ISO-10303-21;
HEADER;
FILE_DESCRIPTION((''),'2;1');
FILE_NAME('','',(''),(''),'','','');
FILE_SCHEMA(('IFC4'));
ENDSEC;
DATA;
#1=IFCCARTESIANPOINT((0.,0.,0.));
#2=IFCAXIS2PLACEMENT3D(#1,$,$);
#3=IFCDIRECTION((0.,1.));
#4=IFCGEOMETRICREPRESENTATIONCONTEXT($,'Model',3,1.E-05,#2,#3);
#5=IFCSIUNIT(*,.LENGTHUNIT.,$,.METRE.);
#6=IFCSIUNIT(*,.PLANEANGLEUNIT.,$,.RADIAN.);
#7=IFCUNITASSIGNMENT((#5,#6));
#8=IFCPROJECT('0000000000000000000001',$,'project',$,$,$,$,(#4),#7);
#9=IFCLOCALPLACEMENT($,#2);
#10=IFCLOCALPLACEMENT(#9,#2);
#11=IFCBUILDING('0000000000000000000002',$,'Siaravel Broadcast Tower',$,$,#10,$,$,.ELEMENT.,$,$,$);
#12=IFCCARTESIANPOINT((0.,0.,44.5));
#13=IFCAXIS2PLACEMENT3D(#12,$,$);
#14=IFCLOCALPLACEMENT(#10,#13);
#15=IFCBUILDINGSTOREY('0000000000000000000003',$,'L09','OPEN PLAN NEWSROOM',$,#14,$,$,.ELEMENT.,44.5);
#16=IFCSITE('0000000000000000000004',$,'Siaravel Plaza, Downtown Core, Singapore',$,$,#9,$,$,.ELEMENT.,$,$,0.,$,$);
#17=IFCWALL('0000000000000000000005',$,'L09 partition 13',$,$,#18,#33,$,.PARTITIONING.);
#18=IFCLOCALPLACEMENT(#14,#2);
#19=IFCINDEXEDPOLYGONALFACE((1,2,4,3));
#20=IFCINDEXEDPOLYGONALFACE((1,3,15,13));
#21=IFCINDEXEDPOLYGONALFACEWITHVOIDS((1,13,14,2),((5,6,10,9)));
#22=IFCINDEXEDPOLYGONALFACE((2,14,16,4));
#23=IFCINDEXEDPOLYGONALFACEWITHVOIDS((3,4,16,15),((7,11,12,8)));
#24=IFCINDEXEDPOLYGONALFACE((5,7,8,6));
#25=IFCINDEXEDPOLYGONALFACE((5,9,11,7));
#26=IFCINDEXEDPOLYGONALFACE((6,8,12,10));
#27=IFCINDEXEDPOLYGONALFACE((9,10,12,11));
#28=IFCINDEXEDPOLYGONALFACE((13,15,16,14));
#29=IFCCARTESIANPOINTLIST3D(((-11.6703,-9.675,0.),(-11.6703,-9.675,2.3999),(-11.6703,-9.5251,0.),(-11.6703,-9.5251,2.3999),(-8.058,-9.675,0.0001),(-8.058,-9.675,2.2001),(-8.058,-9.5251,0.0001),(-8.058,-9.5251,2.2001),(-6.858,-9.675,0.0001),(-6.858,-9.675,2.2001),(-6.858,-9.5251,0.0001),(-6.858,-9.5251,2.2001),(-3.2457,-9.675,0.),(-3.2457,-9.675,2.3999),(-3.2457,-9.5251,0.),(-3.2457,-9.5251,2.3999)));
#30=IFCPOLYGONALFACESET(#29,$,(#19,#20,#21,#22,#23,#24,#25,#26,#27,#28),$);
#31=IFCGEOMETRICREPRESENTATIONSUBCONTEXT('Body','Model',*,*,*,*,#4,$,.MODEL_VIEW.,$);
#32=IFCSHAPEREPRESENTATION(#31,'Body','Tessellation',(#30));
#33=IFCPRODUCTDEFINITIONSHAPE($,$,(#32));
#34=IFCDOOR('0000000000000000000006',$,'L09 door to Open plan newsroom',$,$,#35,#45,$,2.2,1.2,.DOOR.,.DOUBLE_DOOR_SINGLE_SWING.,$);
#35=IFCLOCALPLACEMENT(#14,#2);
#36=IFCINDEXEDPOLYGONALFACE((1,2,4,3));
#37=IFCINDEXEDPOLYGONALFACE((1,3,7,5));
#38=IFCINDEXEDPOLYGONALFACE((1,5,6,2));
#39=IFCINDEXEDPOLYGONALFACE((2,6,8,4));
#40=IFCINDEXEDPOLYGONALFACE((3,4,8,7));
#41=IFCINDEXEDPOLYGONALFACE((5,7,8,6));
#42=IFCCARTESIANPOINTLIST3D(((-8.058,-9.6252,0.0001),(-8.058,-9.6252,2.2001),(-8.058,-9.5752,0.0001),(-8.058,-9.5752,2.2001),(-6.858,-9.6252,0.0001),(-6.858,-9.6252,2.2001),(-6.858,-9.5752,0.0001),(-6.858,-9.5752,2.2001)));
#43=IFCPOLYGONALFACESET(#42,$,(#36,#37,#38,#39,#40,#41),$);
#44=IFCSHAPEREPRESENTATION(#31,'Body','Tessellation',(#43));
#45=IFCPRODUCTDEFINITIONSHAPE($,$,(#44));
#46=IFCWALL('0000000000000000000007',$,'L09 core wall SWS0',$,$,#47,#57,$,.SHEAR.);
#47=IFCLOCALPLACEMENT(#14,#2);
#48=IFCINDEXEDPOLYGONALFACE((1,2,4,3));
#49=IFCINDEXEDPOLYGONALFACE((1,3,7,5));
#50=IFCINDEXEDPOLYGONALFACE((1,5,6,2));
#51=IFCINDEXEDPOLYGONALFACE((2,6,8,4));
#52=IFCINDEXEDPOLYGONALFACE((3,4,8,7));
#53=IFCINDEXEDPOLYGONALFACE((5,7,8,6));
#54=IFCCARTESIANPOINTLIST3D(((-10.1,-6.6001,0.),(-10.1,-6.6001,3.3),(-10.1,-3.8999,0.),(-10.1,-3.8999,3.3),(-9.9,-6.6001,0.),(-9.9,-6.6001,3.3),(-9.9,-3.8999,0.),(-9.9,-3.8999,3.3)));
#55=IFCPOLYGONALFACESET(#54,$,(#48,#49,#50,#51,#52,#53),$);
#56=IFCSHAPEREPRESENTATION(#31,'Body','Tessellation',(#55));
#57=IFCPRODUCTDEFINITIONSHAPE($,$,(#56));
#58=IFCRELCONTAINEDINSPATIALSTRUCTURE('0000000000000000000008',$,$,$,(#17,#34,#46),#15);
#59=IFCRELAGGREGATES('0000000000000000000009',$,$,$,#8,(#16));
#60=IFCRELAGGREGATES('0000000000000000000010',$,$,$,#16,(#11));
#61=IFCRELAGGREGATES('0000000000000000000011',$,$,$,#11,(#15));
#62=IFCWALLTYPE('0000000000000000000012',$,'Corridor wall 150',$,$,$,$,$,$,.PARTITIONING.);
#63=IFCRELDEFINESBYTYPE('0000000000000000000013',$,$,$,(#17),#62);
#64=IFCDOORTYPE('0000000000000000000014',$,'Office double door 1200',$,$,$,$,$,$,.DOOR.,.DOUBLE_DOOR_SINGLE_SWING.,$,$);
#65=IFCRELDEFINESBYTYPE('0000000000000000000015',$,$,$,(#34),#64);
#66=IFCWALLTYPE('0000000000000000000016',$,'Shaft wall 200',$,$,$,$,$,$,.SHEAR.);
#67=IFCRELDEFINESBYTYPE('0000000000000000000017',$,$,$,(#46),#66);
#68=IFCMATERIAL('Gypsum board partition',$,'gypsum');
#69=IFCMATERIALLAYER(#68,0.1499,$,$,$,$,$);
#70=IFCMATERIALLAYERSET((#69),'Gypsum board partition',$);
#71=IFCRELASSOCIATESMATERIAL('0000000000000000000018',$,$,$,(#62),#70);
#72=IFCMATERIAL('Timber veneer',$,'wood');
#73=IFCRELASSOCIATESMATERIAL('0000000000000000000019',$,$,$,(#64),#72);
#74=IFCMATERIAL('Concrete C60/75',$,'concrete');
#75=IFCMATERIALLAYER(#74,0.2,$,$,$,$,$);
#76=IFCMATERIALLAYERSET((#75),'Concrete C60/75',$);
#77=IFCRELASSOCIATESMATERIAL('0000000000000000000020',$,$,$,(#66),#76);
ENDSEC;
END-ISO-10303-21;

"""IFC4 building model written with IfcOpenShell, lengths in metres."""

from ifc_helpers import new_model, si_unit, direction, frame, frame_2d, origin, place, context, subcontext, project, spatial, rectangle, extrude, material, layer, layer_set, type_object, element, fill, save


model = new_model("IFC4")

# Units and contexts
model_context = context("Model", 3, precision=1e-05, world=origin(), true_north=direction((0.0, 1.0)))
body_context = subcontext(model_context, "Body", "Model", "MODEL_VIEW")
ifc_project = project(units=[si_unit("LENGTHUNIT", "METRE"), si_unit("PLANEANGLEUNIT", "RADIAN")], contexts=[model_context])

# Site, building, storey
site_placement = place(None, origin())
site = spatial("IfcSite", under=ifc_project, at=site_placement, Name="Siaravel Plaza, Downtown Core, Singapore", CompositionType="ELEMENT", RefElevation=0.0)
building_placement = place(site_placement, origin())
building = spatial("IfcBuilding", under=site, at=building_placement, Name="Siaravel Broadcast Tower", CompositionType="ELEMENT")
storey_placement = place(building_placement, frame((0.0, 0.0, 44.5)))
storey = spatial("IfcBuildingStorey", under=building, at=storey_placement, Name="L09", Description="OPEN PLAN NEWSROOM", CompositionType="ELEMENT", Elevation=44.5)

# Shared definitions
ifc_material_1 = material(Name="Concrete C60/75", Category="concrete")

# Wall, opening, door
ifc_material_2 = material(Name="Gypsum board partition", Category="gypsum")
ifc_layer_1 = layer(ifc_material_2, 0.1499)
ifc_layer_set_1 = layer_set([ifc_layer_1], Name="Gypsum board partition")
wall_type_1 = type_object("IfcWallType", Name="Corridor wall 150", PredefinedType="PARTITIONING", material=ifc_layer_set_1)
ifc_material_3 = material(Name="Timber veneer", Category="wood")
door_type_1 = type_object("IfcDoorType", Name="Office double door 1200", OperationType="DOUBLE_DOOR_SINGLE_SWING", PredefinedType="DOOR", material=ifc_material_3)
wall_1_placement = place(storey_placement, frame((-11.6704, -9.6001, 0.0), z_axis=(0.0, 0.0, 1.0), x_axis=(1.0, 0.0, 0.0)))
wall_1 = element("IfcWall", 1, at=wall_1_placement, inside=storey, type_object=wall_type_1, Name="L09 partition 13", PredefinedType="PARTITIONING", context=body_context, shape_type="SweptSolid", body=[
    extrude(rectangle(XDim=8.4246, YDim=0.1499, at=frame_2d((4.2124, 0.0))), origin(), (0.0, 0.0, 1.0), 2.3999),
])
opening_1_placement = place(wall_1_placement, frame((3.6123, 0.0, 0.0)))
opening_1 = element("IfcOpeningElement", 2, at=opening_1_placement, cuts=wall_1, PredefinedType="OPENING", context=body_context, shape_type="SweptSolid", body=[
    extrude(rectangle(XDim=1.2, YDim=2.2, at=frame_2d((0.6001, 1.1001))), frame((0.0, 0.085, 0.0), z_axis=(0.0, -1.0, 0.0), x_axis=(1.0, 0.0, 0.0)), (0.0, 0.0, 1.0), 0.1699),
])
door_1_placement = place(opening_1_placement, origin())
door_1 = element("IfcDoor", 3, at=door_1_placement, inside=storey, type_object=door_type_1, Name="L09 door to Open plan newsroom", OperationType="DOUBLE_DOOR_SINGLE_SWING", OverallHeight=2.2, OverallWidth=1.2, PredefinedType="DOOR", context=body_context, shape_type="SweptSolid", body=[
    extrude(rectangle(XDim=1.2, YDim=2.2, at=frame_2d((0.6001, 1.1001))), frame((0.0, 0.0249, 0.0), z_axis=(0.0, -1.0, 0.0), x_axis=(1.0, 0.0, 0.0)), (0.0, 0.0, 1.0), 0.05),
])
fill(opening_1, door_1)

# Wall
ifc_layer_2 = layer(ifc_material_1, 0.2)
ifc_layer_set_2 = layer_set([ifc_layer_2], Name="Concrete C60/75")
wall_type_2 = type_object("IfcWallType", Name="Shaft wall 200", PredefinedType="SHEAR", material=ifc_layer_set_2)
wall_2_placement = place(storey_placement, frame((-10.0, -6.6001, 0.0), z_axis=(0.0, 0.0, 1.0), x_axis=(0.0, 1.0, 0.0)))
element("IfcWall", 4, at=wall_2_placement, inside=storey, type_object=wall_type_2, Name="L09 core wall SWS0", PredefinedType="SHEAR", context=body_context, shape_type="SweptSolid", body=[
    extrude(rectangle(XDim=2.7002, YDim=0.2, at=frame_2d((1.3501, 0.0))), origin(), (0.0, 0.0, 1.0), 3.3),
])

save(model, "model.ifc")
